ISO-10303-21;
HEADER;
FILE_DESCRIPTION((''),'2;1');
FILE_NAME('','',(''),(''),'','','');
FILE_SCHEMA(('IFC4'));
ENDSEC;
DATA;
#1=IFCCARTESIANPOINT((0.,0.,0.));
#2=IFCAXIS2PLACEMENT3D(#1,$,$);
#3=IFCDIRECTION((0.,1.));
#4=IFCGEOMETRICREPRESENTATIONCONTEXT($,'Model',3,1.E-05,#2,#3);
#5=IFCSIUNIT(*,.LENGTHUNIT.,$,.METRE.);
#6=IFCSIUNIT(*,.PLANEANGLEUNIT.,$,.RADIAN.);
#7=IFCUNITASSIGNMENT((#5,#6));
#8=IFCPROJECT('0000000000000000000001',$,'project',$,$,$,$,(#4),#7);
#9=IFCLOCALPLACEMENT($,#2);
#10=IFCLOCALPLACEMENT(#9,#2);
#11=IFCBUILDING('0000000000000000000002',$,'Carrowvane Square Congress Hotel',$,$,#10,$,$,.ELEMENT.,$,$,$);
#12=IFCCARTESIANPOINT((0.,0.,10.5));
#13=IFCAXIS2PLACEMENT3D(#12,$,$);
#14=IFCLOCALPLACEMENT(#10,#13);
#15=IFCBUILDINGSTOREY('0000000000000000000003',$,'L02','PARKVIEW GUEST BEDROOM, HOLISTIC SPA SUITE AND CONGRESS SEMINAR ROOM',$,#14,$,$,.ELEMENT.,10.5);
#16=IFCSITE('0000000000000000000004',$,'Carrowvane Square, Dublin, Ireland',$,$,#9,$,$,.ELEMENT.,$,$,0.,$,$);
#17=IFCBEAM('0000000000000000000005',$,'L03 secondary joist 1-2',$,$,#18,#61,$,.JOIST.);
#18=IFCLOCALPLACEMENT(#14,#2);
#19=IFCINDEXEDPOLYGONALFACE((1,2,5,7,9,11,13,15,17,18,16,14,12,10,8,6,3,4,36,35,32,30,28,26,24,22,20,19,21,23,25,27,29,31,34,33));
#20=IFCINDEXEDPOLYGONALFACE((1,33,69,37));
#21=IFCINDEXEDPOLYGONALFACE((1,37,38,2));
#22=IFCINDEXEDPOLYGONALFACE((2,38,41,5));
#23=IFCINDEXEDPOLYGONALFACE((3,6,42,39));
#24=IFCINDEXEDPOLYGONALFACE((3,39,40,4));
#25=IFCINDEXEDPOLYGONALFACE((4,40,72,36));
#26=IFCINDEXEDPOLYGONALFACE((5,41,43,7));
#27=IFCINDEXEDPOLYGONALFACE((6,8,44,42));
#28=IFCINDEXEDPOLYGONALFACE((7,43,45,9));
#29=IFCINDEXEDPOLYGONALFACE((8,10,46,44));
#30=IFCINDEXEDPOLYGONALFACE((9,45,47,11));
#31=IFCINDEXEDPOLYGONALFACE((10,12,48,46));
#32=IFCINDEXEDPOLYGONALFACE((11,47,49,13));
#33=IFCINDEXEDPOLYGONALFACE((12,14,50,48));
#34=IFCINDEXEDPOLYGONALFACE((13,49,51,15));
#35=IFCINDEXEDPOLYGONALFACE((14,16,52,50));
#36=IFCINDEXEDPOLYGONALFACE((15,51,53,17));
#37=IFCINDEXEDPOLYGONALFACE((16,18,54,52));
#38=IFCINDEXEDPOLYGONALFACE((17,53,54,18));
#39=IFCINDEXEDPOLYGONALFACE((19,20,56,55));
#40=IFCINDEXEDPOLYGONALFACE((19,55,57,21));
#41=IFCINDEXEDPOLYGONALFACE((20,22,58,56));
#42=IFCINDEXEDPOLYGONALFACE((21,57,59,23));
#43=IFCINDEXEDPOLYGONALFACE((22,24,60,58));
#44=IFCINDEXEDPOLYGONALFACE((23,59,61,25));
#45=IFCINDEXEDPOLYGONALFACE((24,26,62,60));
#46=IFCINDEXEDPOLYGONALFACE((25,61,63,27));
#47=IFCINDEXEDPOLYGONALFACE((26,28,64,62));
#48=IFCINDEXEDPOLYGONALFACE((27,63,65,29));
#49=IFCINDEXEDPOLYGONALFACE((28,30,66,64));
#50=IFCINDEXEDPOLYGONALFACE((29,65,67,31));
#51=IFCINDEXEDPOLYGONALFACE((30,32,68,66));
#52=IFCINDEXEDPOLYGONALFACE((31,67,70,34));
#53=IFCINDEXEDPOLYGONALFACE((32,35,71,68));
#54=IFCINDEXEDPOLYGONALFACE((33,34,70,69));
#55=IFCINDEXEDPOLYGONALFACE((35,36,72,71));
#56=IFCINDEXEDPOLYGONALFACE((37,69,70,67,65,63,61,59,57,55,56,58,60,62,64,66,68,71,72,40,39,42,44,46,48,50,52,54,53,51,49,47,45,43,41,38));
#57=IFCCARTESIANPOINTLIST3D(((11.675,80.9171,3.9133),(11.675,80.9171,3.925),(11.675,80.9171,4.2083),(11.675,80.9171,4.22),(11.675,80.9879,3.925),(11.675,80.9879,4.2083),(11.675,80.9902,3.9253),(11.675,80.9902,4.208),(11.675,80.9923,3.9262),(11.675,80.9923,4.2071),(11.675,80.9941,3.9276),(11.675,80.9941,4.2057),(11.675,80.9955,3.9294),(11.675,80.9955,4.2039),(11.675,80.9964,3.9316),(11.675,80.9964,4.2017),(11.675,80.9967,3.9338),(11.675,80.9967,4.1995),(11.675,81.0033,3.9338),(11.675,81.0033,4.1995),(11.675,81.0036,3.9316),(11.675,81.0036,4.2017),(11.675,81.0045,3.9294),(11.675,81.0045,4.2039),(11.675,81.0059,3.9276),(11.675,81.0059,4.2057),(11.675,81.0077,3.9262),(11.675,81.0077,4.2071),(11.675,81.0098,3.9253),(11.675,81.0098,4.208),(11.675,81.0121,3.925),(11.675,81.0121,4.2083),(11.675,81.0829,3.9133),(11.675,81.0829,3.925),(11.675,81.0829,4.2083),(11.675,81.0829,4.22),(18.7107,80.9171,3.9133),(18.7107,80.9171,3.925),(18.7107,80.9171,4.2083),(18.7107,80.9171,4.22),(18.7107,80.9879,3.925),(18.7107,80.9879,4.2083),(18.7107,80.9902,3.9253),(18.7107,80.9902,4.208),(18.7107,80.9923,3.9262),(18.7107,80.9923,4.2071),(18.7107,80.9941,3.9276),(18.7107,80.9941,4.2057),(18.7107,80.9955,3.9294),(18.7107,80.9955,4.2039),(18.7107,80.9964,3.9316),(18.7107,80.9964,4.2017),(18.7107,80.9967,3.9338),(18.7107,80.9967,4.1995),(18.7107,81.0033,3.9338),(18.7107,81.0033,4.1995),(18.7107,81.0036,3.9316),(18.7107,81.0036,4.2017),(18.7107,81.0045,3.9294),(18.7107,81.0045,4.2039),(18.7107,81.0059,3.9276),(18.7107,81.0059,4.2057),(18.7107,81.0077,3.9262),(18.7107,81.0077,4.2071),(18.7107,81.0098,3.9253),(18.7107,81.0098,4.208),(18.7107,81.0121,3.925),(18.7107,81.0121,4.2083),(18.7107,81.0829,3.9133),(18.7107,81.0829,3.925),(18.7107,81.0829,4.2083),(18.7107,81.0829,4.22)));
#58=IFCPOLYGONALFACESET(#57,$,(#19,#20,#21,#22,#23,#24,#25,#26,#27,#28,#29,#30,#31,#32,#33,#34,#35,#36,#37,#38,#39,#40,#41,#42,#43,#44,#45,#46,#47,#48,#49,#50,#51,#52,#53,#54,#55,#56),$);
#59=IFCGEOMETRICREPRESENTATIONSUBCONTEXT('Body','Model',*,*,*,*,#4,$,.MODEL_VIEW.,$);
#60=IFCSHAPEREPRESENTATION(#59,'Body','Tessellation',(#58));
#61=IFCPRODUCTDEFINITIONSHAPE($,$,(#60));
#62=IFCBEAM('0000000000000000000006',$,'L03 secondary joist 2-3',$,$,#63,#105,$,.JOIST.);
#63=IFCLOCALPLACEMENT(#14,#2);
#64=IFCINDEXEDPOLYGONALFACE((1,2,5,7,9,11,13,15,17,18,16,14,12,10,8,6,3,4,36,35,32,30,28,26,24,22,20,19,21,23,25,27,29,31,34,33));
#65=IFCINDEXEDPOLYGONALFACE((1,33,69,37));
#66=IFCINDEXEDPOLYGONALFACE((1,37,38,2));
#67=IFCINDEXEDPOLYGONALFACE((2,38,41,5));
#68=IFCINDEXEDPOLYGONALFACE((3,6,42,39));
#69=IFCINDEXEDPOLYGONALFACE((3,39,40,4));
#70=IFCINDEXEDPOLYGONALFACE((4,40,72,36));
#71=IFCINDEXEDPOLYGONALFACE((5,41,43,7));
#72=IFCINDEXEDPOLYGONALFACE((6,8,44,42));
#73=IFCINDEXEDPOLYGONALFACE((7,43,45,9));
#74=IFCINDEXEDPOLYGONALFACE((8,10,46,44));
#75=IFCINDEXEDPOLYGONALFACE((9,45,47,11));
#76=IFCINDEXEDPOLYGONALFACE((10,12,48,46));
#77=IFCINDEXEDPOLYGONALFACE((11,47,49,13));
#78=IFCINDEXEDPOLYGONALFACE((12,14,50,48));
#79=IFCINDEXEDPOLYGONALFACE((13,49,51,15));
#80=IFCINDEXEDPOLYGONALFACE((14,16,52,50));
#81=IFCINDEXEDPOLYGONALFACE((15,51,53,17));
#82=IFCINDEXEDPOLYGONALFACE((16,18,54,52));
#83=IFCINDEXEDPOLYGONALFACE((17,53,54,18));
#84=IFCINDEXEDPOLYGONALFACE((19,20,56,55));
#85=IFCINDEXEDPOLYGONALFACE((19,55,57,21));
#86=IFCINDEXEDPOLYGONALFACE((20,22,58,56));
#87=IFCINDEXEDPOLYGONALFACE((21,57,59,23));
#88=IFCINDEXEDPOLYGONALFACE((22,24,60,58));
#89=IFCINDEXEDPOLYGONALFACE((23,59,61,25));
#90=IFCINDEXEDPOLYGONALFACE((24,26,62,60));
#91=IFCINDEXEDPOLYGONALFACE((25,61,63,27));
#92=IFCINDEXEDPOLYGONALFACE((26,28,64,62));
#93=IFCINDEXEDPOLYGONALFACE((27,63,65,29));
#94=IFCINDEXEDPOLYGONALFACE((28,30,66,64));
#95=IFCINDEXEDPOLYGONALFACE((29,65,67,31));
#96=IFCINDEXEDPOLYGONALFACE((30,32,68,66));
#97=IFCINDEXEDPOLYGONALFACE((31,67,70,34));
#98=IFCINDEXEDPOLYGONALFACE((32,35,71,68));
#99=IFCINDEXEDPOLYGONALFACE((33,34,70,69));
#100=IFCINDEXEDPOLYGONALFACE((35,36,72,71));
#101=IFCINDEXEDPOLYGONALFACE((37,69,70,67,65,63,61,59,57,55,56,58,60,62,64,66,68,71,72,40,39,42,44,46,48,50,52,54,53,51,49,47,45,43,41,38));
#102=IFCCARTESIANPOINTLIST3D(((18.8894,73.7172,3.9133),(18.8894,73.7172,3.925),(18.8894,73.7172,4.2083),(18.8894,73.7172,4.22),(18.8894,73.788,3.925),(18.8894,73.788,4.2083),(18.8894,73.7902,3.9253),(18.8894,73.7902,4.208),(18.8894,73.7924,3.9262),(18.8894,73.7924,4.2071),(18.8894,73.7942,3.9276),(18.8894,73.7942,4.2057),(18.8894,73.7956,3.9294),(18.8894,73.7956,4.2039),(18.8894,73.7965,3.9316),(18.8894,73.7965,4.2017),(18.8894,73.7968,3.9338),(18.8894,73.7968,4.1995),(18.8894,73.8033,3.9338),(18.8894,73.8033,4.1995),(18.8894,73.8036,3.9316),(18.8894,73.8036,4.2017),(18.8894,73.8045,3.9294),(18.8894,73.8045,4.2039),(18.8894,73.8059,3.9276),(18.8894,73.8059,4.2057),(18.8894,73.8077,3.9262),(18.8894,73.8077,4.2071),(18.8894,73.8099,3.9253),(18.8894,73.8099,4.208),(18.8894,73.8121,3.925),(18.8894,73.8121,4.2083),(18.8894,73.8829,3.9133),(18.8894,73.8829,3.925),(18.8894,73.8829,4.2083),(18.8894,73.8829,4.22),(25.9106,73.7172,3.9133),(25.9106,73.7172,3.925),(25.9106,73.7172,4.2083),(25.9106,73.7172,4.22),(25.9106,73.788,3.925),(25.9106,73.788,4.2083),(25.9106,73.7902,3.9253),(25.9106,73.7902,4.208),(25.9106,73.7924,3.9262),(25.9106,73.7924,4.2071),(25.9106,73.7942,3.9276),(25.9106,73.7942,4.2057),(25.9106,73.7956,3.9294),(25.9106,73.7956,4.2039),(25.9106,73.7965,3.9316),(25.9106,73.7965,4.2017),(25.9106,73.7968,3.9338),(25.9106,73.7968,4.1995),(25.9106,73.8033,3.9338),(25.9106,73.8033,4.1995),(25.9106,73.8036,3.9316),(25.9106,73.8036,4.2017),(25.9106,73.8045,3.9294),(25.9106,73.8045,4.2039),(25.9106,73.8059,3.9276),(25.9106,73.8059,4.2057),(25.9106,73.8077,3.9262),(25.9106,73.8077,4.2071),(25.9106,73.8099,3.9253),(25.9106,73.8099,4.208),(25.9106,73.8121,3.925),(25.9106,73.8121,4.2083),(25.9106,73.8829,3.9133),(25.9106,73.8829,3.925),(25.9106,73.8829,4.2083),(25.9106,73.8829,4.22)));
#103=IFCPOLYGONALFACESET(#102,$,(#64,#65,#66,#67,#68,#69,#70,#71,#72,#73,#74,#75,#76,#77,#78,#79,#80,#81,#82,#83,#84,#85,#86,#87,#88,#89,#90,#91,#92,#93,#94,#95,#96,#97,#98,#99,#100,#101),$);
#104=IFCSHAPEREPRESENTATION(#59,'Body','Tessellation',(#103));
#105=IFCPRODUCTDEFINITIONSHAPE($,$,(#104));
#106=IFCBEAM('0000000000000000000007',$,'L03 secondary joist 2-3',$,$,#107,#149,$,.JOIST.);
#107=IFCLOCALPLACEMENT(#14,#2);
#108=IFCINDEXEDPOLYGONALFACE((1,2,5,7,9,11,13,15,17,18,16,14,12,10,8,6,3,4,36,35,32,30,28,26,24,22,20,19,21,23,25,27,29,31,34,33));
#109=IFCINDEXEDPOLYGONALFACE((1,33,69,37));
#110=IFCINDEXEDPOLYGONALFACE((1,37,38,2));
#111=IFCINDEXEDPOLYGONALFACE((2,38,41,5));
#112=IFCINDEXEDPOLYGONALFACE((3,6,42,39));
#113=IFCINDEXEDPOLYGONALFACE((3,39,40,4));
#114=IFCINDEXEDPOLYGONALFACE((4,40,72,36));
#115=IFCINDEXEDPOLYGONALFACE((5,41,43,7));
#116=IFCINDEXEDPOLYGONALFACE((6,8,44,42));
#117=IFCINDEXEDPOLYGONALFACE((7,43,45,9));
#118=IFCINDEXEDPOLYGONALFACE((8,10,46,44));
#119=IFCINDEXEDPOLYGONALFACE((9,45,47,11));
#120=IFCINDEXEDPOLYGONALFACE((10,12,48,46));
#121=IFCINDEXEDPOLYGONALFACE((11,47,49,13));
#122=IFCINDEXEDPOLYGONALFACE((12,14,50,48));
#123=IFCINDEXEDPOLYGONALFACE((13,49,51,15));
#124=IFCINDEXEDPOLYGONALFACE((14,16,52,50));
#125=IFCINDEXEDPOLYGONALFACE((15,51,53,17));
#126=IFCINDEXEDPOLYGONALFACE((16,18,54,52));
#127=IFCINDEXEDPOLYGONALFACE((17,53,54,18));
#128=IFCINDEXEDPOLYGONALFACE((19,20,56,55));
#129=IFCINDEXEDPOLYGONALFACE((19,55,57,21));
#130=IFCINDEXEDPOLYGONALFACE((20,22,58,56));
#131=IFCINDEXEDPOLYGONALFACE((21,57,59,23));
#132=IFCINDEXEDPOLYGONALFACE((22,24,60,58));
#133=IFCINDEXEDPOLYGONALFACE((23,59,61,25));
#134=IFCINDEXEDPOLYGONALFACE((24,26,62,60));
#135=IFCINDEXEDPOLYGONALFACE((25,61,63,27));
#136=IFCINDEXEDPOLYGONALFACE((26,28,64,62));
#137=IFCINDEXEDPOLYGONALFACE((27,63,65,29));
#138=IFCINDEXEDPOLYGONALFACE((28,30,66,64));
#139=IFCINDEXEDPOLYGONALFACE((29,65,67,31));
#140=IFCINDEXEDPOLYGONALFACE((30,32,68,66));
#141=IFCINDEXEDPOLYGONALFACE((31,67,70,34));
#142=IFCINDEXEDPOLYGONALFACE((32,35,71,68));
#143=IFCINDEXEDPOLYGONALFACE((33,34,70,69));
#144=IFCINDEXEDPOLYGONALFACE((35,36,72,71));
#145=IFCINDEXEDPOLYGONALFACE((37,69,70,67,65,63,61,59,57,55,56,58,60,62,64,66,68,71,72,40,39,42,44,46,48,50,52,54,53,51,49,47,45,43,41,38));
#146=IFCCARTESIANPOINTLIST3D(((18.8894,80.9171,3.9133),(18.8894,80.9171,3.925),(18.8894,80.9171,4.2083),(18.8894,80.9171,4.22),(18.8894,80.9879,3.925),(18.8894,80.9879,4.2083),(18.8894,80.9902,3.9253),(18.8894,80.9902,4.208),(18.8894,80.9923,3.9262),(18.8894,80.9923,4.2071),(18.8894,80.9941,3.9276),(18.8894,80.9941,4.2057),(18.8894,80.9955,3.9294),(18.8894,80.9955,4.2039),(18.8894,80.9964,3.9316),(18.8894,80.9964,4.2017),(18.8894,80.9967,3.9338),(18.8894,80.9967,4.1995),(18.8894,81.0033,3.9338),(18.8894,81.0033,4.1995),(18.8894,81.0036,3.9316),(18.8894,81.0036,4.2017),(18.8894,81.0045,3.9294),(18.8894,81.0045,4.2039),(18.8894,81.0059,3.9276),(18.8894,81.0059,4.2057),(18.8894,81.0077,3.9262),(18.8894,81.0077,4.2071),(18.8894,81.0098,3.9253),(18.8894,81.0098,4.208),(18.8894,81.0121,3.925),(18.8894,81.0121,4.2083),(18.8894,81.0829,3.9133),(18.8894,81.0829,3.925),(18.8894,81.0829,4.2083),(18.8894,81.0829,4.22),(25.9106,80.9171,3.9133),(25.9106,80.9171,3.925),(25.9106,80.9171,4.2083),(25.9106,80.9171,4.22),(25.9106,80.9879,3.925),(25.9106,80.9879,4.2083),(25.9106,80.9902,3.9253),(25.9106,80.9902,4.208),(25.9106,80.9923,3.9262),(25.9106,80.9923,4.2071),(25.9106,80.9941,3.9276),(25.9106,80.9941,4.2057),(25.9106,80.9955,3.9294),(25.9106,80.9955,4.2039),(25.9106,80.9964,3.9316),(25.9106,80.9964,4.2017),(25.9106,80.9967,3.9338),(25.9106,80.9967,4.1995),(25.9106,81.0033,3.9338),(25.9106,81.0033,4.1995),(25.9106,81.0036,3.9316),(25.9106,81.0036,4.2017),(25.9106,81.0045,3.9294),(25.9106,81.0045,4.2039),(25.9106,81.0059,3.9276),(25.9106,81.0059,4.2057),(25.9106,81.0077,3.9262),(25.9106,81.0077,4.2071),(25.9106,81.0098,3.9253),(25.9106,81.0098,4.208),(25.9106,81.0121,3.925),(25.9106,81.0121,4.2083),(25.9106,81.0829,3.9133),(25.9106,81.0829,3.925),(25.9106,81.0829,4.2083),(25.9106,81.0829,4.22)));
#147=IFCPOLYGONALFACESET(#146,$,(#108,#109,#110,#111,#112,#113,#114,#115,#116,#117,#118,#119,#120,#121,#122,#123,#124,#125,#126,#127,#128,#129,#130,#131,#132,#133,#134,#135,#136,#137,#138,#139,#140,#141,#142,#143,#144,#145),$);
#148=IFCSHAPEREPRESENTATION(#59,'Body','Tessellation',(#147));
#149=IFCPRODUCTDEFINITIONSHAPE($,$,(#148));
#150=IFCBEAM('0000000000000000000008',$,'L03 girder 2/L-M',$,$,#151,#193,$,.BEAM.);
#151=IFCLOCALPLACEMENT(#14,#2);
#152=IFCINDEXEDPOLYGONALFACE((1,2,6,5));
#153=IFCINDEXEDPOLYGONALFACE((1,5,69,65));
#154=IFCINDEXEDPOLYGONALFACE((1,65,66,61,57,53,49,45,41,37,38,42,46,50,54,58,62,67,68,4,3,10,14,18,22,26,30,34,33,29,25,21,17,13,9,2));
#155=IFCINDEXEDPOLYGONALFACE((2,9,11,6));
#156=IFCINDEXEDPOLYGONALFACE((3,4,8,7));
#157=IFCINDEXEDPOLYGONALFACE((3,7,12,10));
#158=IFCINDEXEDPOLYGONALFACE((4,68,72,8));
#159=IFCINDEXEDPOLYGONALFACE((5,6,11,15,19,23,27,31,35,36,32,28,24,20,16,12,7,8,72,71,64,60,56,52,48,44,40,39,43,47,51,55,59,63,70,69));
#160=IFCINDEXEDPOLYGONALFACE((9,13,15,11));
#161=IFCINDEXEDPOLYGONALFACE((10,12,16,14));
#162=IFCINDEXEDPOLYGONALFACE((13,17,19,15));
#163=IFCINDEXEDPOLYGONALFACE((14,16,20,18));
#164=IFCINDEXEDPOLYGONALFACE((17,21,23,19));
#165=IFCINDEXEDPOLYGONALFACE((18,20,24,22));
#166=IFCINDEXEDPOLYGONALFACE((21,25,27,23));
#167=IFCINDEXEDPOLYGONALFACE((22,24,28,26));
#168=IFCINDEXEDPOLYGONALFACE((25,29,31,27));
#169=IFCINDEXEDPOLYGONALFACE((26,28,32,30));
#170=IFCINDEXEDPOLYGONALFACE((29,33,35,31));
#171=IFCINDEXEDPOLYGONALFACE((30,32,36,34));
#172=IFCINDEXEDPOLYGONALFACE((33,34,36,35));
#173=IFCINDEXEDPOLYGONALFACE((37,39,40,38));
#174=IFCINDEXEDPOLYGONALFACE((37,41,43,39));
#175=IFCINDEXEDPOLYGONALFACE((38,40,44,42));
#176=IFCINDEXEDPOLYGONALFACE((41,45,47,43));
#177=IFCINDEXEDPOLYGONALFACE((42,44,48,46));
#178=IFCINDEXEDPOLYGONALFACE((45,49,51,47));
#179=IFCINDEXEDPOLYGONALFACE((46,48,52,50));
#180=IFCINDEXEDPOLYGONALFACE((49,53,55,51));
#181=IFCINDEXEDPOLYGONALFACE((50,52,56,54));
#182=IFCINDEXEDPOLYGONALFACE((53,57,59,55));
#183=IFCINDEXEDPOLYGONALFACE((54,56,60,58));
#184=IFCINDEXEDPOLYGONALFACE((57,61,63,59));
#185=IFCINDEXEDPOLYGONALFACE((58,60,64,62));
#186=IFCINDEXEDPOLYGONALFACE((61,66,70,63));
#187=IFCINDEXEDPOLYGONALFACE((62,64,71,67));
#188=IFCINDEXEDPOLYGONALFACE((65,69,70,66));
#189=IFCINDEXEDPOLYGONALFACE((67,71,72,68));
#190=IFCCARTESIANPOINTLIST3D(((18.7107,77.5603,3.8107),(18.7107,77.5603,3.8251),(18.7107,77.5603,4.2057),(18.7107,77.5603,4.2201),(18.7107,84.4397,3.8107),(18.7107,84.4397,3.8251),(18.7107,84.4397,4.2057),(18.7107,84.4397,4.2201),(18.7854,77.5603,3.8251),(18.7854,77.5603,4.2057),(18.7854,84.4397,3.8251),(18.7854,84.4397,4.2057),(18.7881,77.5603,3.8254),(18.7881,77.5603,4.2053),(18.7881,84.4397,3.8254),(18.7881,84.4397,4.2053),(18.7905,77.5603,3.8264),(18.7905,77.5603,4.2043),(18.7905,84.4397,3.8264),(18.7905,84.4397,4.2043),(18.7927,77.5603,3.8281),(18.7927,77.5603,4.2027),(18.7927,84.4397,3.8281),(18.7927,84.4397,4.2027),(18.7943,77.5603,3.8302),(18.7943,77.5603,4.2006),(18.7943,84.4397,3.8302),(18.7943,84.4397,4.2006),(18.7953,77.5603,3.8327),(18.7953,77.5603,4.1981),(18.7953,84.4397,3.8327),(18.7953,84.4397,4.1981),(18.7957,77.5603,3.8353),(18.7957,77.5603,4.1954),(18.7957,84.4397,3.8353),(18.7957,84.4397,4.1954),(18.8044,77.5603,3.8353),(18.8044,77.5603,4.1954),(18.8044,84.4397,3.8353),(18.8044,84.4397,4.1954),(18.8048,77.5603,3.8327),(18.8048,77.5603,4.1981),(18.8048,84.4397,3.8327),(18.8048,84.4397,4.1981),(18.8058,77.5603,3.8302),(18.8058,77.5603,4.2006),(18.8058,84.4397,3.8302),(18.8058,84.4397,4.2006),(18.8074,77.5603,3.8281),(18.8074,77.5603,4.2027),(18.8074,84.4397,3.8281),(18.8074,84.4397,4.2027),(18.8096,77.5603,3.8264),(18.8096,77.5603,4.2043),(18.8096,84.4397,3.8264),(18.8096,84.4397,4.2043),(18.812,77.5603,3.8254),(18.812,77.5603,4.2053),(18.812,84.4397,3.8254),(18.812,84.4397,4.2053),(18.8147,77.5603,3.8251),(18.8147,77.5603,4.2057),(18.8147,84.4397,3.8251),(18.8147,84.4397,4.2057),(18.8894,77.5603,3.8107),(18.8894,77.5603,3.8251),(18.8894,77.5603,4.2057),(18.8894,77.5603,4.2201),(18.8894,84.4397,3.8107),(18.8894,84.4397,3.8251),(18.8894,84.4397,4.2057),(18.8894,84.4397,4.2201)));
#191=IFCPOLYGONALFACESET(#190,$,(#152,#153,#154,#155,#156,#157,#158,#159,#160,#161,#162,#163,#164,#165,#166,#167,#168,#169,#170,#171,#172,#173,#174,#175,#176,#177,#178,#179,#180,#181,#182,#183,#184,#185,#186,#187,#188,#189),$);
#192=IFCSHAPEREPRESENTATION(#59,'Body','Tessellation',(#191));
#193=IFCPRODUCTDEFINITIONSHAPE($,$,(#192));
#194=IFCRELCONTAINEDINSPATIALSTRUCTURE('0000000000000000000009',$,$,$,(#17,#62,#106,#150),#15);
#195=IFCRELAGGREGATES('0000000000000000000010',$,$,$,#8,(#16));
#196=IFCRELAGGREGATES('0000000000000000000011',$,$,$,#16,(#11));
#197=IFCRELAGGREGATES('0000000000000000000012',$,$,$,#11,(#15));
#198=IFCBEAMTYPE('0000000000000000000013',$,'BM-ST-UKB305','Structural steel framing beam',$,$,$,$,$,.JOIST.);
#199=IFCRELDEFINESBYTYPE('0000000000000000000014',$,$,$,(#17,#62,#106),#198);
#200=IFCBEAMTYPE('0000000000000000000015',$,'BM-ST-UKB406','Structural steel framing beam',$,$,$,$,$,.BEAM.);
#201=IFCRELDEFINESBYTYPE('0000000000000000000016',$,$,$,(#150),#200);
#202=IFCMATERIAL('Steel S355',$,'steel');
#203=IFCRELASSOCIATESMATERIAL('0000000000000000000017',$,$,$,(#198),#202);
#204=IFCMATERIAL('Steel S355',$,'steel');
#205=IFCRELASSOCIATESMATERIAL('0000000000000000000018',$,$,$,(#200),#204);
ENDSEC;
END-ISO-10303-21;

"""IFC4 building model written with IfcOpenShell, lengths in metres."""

from ifc_helpers import new_model, si_unit, direction, frame, origin, origin_2d, place, context, subcontext, project, spatial, i_section, extrude, material, material_profile, profile_set, type_object, element, save


model = new_model("IFC4")

# Units and contexts
model_context = context("Model", 3, precision=1e-05, world=origin(), true_north=direction((0.0, 1.0)))
body_context = subcontext(model_context, "Body", "Model", "MODEL_VIEW")
ifc_project = project(units=[si_unit("LENGTHUNIT", "METRE"), si_unit("PLANEANGLEUNIT", "RADIAN")], contexts=[model_context])

# Site, building, storey
site_placement = place(None, origin())
site = spatial("IfcSite", under=ifc_project, at=site_placement, Name="Carrowvane Square, Dublin, Ireland", CompositionType="ELEMENT", RefElevation=0.0)
building_placement = place(site_placement, origin())
building = spatial("IfcBuilding", under=site, at=building_placement, Name="Carrowvane Square Congress Hotel", CompositionType="ELEMENT")
storey_placement = place(building_placement, frame((0.0, 0.0, 10.5)))
storey = spatial("IfcBuildingStorey", under=building, at=storey_placement, Name="L02", Description="PARKVIEW GUEST BEDROOM, HOLISTIC SPA SUITE AND CONGRESS SEMINAR ROOM", CompositionType="ELEMENT", Elevation=10.5)

# Beams
ifc_material_1 = material(Name="Steel S355", Category="steel")
ifc_material_profile_1 = material_profile(ifc_material_1, i_section(OverallWidth=0.1658, OverallDepth=0.3066, WebThickness=0.0066, FlangeThickness=0.0117, FilletRadius=0.0088, at=origin_2d()), Name="UKB 305x165x46")
ifc_profile_set_1 = profile_set([ifc_material_profile_1], Name="Steel S355")
beam_type_1 = type_object("IfcBeamType", Name="BM-ST-UKB305", Description="Structural steel framing beam", PredefinedType="JOIST", material=ifc_profile_set_1)
beam_placement = place(storey_placement, frame((11.675, 81.0, 4.0667), z_axis=(1.0, 0.0, 0.0), x_axis=(0.0, 1.0, 0.0)))
element("IfcBeam", 1, at=beam_placement, inside=storey, type_object=beam_type_1, Name="L03 secondary joist 1-2", PredefinedType="JOIST", context=body_context, shape_type="SweptSolid", body=[
    extrude(i_section(OverallWidth=0.1658, OverallDepth=0.3066, WebThickness=0.0066, FlangeThickness=0.0117, FilletRadius=0.0088, at=origin_2d()), origin(), (0.0, 0.0, 1.0), 7.0356),
])
for number, where, z_axis, x_axis, name in (
    (2, (18.8894, 73.8, 4.0667), (1.0, 0.0, 0.0), (0.0, 1.0, 0.0), "L03 secondary joist 2-3"),
    (3, (18.8894, 81.0, 4.0667), (1.0, 0.0, 0.0), (0.0, 1.0, 0.0), "L03 secondary joist 2-3"),
):
    element("IfcBeam", number, at=place(storey_placement, frame(where, z_axis=z_axis, x_axis=x_axis)), inside=storey, type_object=beam_type_1, Name=name, PredefinedType="JOIST", context=body_context, shape_type="SweptSolid", body=[
        extrude(i_section(OverallWidth=0.1658, OverallDepth=0.3066, WebThickness=0.0066, FlangeThickness=0.0117, FilletRadius=0.0088, at=origin_2d()), origin(), (0.0, 0.0, 1.0), 7.0212),
    ])
ifc_material_2 = material(Name="Steel S355", Category="steel")
ifc_material_profile_2 = material_profile(ifc_material_2, i_section(OverallWidth=0.1787, OverallDepth=0.4094, WebThickness=0.0088, FlangeThickness=0.0144, FilletRadius=0.0103, at=origin_2d()), Name="UKB 406x178x67")
ifc_profile_set_2 = profile_set([ifc_material_profile_2], Name="Steel S355")
beam_type_2 = type_object("IfcBeamType", Name="BM-ST-UKB406", Description="Structural steel framing beam", PredefinedType="BEAM", material=ifc_profile_set_2)
for number, where, z_axis, x_axis, name in (
    (4, (18.8, 77.5603, 4.0154), (0.0, 1.0, 0.0), (-1.0, 0.0, 0.0), "L03 girder 2/L-M"),
):
    element("IfcBeam", number, at=place(storey_placement, frame(where, z_axis=z_axis, x_axis=x_axis)), inside=storey, type_object=beam_type_2, Name=name, PredefinedType="BEAM", context=body_context, shape_type="SweptSolid", body=[
        extrude(i_section(OverallWidth=0.1787, OverallDepth=0.4094, WebThickness=0.0088, FlangeThickness=0.0144, FilletRadius=0.0103, at=origin_2d()), origin(), (0.0, 0.0, 1.0), 6.8794),
    ])

save(model, "model.ifc")
